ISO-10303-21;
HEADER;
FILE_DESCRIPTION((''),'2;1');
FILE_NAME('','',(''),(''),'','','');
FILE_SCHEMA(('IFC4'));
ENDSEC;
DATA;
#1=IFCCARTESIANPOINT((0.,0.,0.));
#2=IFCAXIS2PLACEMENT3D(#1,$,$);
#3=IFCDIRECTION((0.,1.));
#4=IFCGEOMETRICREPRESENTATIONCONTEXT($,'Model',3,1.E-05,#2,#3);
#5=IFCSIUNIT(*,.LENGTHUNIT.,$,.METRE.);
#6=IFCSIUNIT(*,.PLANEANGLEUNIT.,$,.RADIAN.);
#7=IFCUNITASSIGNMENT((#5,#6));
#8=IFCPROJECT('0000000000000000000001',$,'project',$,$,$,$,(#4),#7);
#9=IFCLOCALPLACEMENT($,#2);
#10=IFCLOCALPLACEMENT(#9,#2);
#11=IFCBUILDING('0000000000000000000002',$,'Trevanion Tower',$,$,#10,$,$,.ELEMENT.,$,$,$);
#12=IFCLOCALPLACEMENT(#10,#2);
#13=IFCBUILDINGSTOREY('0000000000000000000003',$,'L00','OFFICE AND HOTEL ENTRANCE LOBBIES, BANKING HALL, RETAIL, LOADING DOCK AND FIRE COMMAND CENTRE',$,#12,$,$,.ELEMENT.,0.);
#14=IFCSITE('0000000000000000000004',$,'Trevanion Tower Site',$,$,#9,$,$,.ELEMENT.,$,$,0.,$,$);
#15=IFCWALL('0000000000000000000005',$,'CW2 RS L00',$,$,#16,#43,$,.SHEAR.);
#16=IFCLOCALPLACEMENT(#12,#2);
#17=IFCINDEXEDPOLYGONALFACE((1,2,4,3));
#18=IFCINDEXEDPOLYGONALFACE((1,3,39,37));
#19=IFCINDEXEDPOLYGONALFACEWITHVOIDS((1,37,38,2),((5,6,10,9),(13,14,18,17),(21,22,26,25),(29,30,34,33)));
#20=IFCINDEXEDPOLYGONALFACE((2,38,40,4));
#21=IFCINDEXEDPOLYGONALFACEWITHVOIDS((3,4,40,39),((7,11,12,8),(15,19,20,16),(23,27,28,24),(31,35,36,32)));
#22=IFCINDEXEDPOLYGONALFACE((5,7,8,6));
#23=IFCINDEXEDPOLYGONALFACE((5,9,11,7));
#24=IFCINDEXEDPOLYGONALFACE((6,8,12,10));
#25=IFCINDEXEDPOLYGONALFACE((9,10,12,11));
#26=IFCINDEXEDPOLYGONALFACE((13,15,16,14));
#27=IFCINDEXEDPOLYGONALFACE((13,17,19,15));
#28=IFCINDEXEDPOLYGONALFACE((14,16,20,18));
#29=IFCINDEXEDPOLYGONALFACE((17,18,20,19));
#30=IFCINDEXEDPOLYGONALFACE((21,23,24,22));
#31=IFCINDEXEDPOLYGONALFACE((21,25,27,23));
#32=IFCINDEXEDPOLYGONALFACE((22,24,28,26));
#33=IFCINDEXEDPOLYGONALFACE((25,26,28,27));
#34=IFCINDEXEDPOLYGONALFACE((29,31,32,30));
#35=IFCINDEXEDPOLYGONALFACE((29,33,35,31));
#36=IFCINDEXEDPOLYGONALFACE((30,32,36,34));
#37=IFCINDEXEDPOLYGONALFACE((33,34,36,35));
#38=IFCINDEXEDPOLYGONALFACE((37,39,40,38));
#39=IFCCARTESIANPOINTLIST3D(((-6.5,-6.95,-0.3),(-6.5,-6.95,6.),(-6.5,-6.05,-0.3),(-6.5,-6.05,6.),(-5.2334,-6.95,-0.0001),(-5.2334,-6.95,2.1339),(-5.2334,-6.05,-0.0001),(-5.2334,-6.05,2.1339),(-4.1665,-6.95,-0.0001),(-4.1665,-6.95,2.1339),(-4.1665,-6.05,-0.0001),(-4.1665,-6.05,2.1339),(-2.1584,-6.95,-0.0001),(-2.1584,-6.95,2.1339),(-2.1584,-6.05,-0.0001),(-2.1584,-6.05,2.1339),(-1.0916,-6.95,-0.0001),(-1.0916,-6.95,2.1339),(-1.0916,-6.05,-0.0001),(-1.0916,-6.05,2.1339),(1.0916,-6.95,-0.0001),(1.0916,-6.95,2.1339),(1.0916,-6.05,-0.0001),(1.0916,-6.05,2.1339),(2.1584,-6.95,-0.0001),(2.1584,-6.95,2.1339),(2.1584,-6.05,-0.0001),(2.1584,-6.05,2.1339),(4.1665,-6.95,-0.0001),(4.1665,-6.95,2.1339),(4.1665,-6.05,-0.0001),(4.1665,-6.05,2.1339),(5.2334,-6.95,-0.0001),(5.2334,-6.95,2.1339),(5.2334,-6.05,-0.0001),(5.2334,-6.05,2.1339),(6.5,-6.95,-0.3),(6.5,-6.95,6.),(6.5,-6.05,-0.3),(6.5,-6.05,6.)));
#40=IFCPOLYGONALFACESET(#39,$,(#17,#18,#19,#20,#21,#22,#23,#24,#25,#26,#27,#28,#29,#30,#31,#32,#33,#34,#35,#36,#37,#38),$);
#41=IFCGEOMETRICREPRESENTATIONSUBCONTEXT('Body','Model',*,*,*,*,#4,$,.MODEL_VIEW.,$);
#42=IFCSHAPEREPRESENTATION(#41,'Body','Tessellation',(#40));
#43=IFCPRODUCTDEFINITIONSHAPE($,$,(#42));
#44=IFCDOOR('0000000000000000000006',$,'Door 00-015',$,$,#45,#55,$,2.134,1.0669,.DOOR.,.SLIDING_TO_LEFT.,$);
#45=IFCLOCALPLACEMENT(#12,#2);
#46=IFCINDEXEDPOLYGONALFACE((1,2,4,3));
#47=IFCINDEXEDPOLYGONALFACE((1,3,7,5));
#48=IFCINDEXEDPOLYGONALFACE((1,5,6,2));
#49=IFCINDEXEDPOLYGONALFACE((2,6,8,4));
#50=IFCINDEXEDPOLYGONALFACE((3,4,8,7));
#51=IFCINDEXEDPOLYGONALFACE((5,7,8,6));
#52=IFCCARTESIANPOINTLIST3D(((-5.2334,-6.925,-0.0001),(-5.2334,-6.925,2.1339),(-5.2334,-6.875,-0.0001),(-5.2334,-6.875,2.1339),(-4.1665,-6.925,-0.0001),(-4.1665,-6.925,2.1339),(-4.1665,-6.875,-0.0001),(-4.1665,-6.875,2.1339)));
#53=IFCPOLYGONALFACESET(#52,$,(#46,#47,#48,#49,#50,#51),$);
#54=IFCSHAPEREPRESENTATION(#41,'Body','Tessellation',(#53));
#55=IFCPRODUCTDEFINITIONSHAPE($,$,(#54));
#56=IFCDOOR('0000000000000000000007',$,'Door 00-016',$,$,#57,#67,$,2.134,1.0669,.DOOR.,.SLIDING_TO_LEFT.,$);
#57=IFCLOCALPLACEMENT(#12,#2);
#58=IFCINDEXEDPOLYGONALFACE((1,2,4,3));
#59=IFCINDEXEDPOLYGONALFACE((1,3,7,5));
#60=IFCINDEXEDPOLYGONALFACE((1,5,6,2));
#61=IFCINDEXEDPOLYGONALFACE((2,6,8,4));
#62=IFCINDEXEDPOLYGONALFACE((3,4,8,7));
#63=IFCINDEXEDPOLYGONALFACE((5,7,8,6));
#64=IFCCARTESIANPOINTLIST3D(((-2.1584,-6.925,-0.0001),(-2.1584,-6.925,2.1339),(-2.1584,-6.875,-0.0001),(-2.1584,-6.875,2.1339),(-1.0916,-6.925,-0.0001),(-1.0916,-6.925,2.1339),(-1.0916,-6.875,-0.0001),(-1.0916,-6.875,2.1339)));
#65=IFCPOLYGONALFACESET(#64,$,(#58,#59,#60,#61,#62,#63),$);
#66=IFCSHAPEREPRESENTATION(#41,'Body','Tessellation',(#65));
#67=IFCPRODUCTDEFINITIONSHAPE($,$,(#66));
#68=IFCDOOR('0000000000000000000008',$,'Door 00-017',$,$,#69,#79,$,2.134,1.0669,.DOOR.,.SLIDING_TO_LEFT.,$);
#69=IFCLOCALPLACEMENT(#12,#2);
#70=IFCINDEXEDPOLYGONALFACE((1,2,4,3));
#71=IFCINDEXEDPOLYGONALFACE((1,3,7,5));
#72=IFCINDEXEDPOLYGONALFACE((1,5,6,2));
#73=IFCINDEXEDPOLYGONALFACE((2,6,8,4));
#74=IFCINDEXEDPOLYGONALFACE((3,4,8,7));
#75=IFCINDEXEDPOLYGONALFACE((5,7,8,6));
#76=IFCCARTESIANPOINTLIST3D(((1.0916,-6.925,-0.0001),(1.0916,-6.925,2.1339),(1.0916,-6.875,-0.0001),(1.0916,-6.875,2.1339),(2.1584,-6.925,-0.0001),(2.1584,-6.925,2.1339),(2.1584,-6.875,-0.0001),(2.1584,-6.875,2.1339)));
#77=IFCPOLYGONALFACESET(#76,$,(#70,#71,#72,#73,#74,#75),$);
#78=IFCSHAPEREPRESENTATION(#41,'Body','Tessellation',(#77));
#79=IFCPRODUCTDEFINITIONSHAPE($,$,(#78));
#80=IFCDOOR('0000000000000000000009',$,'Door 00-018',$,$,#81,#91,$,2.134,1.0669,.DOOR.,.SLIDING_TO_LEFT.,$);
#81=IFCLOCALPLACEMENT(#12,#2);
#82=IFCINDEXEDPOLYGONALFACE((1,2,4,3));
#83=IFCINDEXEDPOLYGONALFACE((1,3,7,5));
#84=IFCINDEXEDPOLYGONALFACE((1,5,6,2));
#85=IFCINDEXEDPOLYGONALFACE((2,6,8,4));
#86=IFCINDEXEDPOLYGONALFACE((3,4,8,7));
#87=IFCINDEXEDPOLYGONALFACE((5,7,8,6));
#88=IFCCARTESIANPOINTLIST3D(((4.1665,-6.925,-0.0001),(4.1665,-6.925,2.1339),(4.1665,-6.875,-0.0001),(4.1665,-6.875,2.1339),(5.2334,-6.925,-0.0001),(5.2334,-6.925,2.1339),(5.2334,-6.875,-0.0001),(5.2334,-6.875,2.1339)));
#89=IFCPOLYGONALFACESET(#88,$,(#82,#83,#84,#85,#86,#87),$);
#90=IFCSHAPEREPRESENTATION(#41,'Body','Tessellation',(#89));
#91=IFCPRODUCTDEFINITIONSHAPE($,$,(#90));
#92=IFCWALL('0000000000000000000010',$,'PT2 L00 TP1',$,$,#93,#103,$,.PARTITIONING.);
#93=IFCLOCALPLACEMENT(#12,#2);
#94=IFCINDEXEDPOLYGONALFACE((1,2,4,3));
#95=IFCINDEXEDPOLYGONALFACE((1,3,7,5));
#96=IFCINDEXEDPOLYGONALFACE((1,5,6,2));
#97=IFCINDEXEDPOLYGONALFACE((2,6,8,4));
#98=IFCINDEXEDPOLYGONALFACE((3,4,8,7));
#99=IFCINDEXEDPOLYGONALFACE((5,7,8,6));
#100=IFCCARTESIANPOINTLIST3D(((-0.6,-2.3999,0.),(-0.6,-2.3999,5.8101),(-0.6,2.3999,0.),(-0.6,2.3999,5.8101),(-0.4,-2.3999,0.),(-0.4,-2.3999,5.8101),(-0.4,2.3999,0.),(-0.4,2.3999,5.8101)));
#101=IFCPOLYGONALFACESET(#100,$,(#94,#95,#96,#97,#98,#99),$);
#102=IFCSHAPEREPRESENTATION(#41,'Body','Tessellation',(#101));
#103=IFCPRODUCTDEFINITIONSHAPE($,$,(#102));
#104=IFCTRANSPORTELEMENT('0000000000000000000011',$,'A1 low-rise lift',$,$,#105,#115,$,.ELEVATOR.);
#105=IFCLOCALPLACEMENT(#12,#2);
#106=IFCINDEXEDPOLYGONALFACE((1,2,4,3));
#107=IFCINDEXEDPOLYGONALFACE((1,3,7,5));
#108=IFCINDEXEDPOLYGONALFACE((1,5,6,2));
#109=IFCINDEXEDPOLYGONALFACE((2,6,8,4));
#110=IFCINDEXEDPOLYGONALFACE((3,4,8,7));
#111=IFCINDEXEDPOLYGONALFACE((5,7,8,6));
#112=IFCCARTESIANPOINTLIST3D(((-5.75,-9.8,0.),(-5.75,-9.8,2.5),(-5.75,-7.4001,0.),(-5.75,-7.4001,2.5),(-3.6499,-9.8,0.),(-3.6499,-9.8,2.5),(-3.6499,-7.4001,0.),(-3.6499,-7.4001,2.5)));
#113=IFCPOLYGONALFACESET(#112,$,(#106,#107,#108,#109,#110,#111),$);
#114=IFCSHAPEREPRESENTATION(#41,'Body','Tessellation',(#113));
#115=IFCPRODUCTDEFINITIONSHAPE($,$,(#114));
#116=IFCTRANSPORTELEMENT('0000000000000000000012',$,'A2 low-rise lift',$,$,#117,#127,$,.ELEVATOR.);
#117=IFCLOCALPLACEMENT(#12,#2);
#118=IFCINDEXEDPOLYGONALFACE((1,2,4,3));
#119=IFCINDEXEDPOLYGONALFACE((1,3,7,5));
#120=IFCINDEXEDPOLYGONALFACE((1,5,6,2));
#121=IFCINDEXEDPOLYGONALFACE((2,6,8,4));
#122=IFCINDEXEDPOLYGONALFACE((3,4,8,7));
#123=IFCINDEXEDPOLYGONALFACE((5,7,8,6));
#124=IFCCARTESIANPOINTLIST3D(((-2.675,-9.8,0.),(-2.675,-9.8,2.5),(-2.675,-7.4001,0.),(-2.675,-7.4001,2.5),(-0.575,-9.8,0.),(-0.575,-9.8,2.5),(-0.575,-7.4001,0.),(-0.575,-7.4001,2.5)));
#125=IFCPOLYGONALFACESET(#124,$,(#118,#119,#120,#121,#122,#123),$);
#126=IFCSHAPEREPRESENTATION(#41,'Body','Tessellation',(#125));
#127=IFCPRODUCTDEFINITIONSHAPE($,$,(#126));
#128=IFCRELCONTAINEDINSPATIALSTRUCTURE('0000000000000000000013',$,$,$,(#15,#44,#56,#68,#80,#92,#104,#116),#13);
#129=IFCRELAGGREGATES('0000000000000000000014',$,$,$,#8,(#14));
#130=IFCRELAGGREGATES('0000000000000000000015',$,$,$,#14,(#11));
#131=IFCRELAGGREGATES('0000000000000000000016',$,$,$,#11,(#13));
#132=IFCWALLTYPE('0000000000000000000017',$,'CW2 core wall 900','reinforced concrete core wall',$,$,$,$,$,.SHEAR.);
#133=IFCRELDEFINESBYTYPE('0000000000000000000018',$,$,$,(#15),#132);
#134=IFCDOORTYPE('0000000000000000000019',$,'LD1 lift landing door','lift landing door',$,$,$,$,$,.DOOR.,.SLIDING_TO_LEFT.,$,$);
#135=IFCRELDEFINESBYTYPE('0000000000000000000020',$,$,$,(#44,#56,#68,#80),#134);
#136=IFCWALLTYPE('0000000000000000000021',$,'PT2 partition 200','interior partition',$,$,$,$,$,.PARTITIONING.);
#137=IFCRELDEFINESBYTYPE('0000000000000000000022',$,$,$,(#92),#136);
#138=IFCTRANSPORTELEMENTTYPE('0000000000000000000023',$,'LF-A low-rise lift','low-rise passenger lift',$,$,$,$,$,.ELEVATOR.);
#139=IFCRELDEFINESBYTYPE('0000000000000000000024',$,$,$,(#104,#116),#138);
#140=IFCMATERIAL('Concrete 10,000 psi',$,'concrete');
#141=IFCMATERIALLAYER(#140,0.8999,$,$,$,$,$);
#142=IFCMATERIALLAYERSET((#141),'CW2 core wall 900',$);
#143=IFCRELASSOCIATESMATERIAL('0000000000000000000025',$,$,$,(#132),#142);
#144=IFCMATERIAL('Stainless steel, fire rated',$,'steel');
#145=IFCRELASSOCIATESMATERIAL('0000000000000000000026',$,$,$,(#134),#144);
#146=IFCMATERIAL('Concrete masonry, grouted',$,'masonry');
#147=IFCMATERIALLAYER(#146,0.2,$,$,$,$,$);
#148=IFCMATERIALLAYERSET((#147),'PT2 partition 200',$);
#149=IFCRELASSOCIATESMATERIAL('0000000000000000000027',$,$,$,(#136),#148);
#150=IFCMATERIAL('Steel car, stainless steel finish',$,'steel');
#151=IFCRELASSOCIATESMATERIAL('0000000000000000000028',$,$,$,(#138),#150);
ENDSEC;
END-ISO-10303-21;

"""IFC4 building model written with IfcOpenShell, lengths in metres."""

from ifc_helpers import new_model, si_unit, direction, frame, frame_2d, origin, origin_2d, place, context, subcontext, project, spatial, rectangle, extrude, material, layer, layer_set, type_object, element, fill, save


model = new_model("IFC4")

# Units and contexts
model_context = context("Model", 3, precision=1e-05, world=origin(), true_north=direction((0.0, 1.0)))
body_context = subcontext(model_context, "Body", "Model", "MODEL_VIEW")
ifc_project = project(units=[si_unit("LENGTHUNIT", "METRE"), si_unit("PLANEANGLEUNIT", "RADIAN")], contexts=[model_context])

# Site, building, storey
site_placement = place(None, origin())
site = spatial("IfcSite", under=ifc_project, at=site_placement, Name="Trevanion Tower Site", CompositionType="ELEMENT", RefElevation=0.0)
building_placement = place(site_placement, origin())
building = spatial("IfcBuilding", under=site, at=building_placement, Name="Trevanion Tower", CompositionType="ELEMENT")
storey_placement = place(building_placement, origin())
storey = spatial("IfcBuildingStorey", under=building, at=storey_placement, Name="L00", Description="OFFICE AND HOTEL ENTRANCE LOBBIES, BANKING HALL, RETAIL, LOADING DOCK AND FIRE COMMAND CENTRE", CompositionType="ELEMENT", Elevation=0.0)

# Shared definitions
ifc_material_1 = material(Name="Concrete 10,000 psi", Category="concrete")
ifc_layer_1 = layer(ifc_material_1, 0.8999)
ifc_layer_set_1 = layer_set([ifc_layer_1], Name="CW2 core wall 900")
wall_type_1 = type_object("IfcWallType", Name="CW2 core wall 900", Description="reinforced concrete core wall", PredefinedType="SHEAR", material=ifc_layer_set_1)

# Wall, openings, doors
wall_1_placement = place(storey_placement, frame((-6.5, -6.5, -0.3), z_axis=(0.0, 0.0, 1.0), x_axis=(1.0, 0.0, 0.0)))
wall_1 = element("IfcWall", 1, at=wall_1_placement, inside=storey, type_object=wall_type_1, Name="CW2 RS L00", PredefinedType="SHEAR", context=body_context, shape_type="SweptSolid", body=[
    extrude(rectangle(XDim=13.0, YDim=0.8999, at=frame_2d((6.5, 0.0))), origin(), (0.0, 0.0, 1.0), 6.3),
])
opening_1_placement = place(wall_1_placement, frame((1.2666, 0.0, 0.3)))
opening_1 = element("IfcOpeningElement", 2, at=opening_1_placement, cuts=wall_1, PredefinedType="OPENING", context=body_context, shape_type="SweptSolid", body=[
    extrude(rectangle(XDim=1.0669, YDim=2.134, at=frame_2d((0.5334, 1.0669))), frame((0.0, 0.46, 0.0), z_axis=(0.0, -1.0, 0.0), x_axis=(1.0, 0.0, 0.0)), (0.0, 0.0, 1.0), 0.9199),
])
opening_2_placement = place(wall_1_placement, frame((4.3416, 0.0, 0.3)))
opening_2 = element("IfcOpeningElement", 3, at=opening_2_placement, cuts=wall_1, PredefinedType="OPENING", context=body_context, shape_type="SweptSolid", body=[
    extrude(rectangle(XDim=1.0669, YDim=2.134, at=frame_2d((0.5334, 1.0669))), frame((0.0, 0.46, 0.0), z_axis=(0.0, -1.0, 0.0), x_axis=(1.0, 0.0, 0.0)), (0.0, 0.0, 1.0), 0.9199),
])
opening_3_placement = place(wall_1_placement, frame((7.5916, 0.0, 0.3)))
opening_3 = element("IfcOpeningElement", 4, at=opening_3_placement, cuts=wall_1, PredefinedType="OPENING", context=body_context, shape_type="SweptSolid", body=[
    extrude(rectangle(XDim=1.0669, YDim=2.134, at=frame_2d((0.5334, 1.0669))), frame((0.0, 0.46, 0.0), z_axis=(0.0, -1.0, 0.0), x_axis=(1.0, 0.0, 0.0)), (0.0, 0.0, 1.0), 0.9199),
])
opening_4_placement = place(wall_1_placement, frame((10.6665, 0.0, 0.3)))
opening_4 = element("IfcOpeningElement", 5, at=opening_4_placement, cuts=wall_1, PredefinedType="OPENING", context=body_context, shape_type="SweptSolid", body=[
    extrude(rectangle(XDim=1.0669, YDim=2.134, at=frame_2d((0.5334, 1.0669))), frame((0.0, 0.46, 0.0), z_axis=(0.0, -1.0, 0.0), x_axis=(1.0, 0.0, 0.0)), (0.0, 0.0, 1.0), 0.9199),
])
ifc_material_2 = material(Name="Stainless steel, fire rated", Category="steel")
door_type = type_object("IfcDoorType", Name="LD1 lift landing door", Description="lift landing door", OperationType="SLIDING_TO_LEFT", PredefinedType="DOOR", material=ifc_material_2)
door_1_placement = place(opening_1_placement, origin())
door_1 = element("IfcDoor", 6, at=door_1_placement, inside=storey, type_object=door_type, Name="Door 00-015", OperationType="SLIDING_TO_LEFT", OverallHeight=2.134, OverallWidth=1.0669, PredefinedType="DOOR", context=body_context, shape_type="SweptSolid", body=[
    extrude(rectangle(XDim=1.0669, YDim=2.134, at=frame_2d((0.5334, 1.0669))), frame((0.0, -0.375, 0.0), z_axis=(0.0, -1.0, 0.0), x_axis=(1.0, 0.0, 0.0)), (0.0, 0.0, 1.0), 0.05),
])
fill(opening_1, door_1)
door_2_placement = place(opening_2_placement, origin())
door_2 = element("IfcDoor", 7, at=door_2_placement, inside=storey, type_object=door_type, Name="Door 00-016", OperationType="SLIDING_TO_LEFT", OverallHeight=2.134, OverallWidth=1.0669, PredefinedType="DOOR", context=body_context, shape_type="SweptSolid", body=[
    extrude(rectangle(XDim=1.0669, YDim=2.134, at=frame_2d((0.5334, 1.0669))), frame((0.0, -0.375, 0.0), z_axis=(0.0, -1.0, 0.0), x_axis=(1.0, 0.0, 0.0)), (0.0, 0.0, 1.0), 0.05),
])
fill(opening_2, door_2)
door_3_placement = place(opening_3_placement, origin())
door_3 = element("IfcDoor", 8, at=door_3_placement, inside=storey, type_object=door_type, Name="Door 00-017", OperationType="SLIDING_TO_LEFT", OverallHeight=2.134, OverallWidth=1.0669, PredefinedType="DOOR", context=body_context, shape_type="SweptSolid", body=[
    extrude(rectangle(XDim=1.0669, YDim=2.134, at=frame_2d((0.5334, 1.0669))), frame((0.0, -0.375, 0.0), z_axis=(0.0, -1.0, 0.0), x_axis=(1.0, 0.0, 0.0)), (0.0, 0.0, 1.0), 0.05),
])
fill(opening_3, door_3)
door_4_placement = place(opening_4_placement, origin())
door_4 = element("IfcDoor", 9, at=door_4_placement, inside=storey, type_object=door_type, Name="Door 00-018", OperationType="SLIDING_TO_LEFT", OverallHeight=2.134, OverallWidth=1.0669, PredefinedType="DOOR", context=body_context, shape_type="SweptSolid", body=[
    extrude(rectangle(XDim=1.0669, YDim=2.134, at=frame_2d((0.5334, 1.0669))), frame((0.0, -0.375, 0.0), z_axis=(0.0, -1.0, 0.0), x_axis=(1.0, 0.0, 0.0)), (0.0, 0.0, 1.0), 0.05),
])
fill(opening_4, door_4)

# Wall
ifc_material_3 = material(Name="Concrete masonry, grouted", Category="masonry")
ifc_layer_2 = layer(ifc_material_3, 0.2)
ifc_layer_set_2 = layer_set([ifc_layer_2], Name="PT2 partition 200")
wall_type_2 = type_object("IfcWallType", Name="PT2 partition 200", Description="interior partition", PredefinedType="PARTITIONING", material=ifc_layer_set_2)
wall_2_placement = place(storey_placement, frame((-0.5, -2.3999, 0.0), z_axis=(0.0, 0.0, 1.0), x_axis=(0.0, 1.0, 0.0)))
element("IfcWall", 10, at=wall_2_placement, inside=storey, type_object=wall_type_2, Name="PT2 L00 TP1", PredefinedType="PARTITIONING", context=body_context, shape_type="SweptSolid", body=[
    extrude(rectangle(XDim=4.7998, YDim=0.2, at=frame_2d((2.3999, 0.0))), origin(), (0.0, 0.0, 1.0), 5.8101),
])

# Transport elements
ifc_material_4 = material(Name="Steel car, stainless steel finish", Category="steel")
transport_element_type = type_object("IfcTransportElementType", Name="LF-A low-rise lift", Description="low-rise passenger lift", PredefinedType="ELEVATOR", material=ifc_material_4)
for number, where, z_axis, x_axis, name in (
    (11, (-4.7, -8.6001, 0.0), (0.0, 0.0, 1.0), (1.0, 0.0, 0.0), "A1 low-rise lift"),
    (12, (-1.625, -8.6001, 0.0), (0.0, 0.0, 1.0), (1.0, 0.0, 0.0), "A2 low-rise lift"),
):
    element("IfcTransportElement", number, at=place(storey_placement, frame(where, z_axis=z_axis, x_axis=x_axis)), inside=storey, type_object=transport_element_type, Name=name, PredefinedType="ELEVATOR", context=body_context, shape_type="SweptSolid", body=[
        extrude(rectangle(XDim=2.1001, YDim=2.3999, at=origin_2d()), origin(), (0.0, 0.0, 1.0), 2.5),
    ])

save(model, "model.ifc")
